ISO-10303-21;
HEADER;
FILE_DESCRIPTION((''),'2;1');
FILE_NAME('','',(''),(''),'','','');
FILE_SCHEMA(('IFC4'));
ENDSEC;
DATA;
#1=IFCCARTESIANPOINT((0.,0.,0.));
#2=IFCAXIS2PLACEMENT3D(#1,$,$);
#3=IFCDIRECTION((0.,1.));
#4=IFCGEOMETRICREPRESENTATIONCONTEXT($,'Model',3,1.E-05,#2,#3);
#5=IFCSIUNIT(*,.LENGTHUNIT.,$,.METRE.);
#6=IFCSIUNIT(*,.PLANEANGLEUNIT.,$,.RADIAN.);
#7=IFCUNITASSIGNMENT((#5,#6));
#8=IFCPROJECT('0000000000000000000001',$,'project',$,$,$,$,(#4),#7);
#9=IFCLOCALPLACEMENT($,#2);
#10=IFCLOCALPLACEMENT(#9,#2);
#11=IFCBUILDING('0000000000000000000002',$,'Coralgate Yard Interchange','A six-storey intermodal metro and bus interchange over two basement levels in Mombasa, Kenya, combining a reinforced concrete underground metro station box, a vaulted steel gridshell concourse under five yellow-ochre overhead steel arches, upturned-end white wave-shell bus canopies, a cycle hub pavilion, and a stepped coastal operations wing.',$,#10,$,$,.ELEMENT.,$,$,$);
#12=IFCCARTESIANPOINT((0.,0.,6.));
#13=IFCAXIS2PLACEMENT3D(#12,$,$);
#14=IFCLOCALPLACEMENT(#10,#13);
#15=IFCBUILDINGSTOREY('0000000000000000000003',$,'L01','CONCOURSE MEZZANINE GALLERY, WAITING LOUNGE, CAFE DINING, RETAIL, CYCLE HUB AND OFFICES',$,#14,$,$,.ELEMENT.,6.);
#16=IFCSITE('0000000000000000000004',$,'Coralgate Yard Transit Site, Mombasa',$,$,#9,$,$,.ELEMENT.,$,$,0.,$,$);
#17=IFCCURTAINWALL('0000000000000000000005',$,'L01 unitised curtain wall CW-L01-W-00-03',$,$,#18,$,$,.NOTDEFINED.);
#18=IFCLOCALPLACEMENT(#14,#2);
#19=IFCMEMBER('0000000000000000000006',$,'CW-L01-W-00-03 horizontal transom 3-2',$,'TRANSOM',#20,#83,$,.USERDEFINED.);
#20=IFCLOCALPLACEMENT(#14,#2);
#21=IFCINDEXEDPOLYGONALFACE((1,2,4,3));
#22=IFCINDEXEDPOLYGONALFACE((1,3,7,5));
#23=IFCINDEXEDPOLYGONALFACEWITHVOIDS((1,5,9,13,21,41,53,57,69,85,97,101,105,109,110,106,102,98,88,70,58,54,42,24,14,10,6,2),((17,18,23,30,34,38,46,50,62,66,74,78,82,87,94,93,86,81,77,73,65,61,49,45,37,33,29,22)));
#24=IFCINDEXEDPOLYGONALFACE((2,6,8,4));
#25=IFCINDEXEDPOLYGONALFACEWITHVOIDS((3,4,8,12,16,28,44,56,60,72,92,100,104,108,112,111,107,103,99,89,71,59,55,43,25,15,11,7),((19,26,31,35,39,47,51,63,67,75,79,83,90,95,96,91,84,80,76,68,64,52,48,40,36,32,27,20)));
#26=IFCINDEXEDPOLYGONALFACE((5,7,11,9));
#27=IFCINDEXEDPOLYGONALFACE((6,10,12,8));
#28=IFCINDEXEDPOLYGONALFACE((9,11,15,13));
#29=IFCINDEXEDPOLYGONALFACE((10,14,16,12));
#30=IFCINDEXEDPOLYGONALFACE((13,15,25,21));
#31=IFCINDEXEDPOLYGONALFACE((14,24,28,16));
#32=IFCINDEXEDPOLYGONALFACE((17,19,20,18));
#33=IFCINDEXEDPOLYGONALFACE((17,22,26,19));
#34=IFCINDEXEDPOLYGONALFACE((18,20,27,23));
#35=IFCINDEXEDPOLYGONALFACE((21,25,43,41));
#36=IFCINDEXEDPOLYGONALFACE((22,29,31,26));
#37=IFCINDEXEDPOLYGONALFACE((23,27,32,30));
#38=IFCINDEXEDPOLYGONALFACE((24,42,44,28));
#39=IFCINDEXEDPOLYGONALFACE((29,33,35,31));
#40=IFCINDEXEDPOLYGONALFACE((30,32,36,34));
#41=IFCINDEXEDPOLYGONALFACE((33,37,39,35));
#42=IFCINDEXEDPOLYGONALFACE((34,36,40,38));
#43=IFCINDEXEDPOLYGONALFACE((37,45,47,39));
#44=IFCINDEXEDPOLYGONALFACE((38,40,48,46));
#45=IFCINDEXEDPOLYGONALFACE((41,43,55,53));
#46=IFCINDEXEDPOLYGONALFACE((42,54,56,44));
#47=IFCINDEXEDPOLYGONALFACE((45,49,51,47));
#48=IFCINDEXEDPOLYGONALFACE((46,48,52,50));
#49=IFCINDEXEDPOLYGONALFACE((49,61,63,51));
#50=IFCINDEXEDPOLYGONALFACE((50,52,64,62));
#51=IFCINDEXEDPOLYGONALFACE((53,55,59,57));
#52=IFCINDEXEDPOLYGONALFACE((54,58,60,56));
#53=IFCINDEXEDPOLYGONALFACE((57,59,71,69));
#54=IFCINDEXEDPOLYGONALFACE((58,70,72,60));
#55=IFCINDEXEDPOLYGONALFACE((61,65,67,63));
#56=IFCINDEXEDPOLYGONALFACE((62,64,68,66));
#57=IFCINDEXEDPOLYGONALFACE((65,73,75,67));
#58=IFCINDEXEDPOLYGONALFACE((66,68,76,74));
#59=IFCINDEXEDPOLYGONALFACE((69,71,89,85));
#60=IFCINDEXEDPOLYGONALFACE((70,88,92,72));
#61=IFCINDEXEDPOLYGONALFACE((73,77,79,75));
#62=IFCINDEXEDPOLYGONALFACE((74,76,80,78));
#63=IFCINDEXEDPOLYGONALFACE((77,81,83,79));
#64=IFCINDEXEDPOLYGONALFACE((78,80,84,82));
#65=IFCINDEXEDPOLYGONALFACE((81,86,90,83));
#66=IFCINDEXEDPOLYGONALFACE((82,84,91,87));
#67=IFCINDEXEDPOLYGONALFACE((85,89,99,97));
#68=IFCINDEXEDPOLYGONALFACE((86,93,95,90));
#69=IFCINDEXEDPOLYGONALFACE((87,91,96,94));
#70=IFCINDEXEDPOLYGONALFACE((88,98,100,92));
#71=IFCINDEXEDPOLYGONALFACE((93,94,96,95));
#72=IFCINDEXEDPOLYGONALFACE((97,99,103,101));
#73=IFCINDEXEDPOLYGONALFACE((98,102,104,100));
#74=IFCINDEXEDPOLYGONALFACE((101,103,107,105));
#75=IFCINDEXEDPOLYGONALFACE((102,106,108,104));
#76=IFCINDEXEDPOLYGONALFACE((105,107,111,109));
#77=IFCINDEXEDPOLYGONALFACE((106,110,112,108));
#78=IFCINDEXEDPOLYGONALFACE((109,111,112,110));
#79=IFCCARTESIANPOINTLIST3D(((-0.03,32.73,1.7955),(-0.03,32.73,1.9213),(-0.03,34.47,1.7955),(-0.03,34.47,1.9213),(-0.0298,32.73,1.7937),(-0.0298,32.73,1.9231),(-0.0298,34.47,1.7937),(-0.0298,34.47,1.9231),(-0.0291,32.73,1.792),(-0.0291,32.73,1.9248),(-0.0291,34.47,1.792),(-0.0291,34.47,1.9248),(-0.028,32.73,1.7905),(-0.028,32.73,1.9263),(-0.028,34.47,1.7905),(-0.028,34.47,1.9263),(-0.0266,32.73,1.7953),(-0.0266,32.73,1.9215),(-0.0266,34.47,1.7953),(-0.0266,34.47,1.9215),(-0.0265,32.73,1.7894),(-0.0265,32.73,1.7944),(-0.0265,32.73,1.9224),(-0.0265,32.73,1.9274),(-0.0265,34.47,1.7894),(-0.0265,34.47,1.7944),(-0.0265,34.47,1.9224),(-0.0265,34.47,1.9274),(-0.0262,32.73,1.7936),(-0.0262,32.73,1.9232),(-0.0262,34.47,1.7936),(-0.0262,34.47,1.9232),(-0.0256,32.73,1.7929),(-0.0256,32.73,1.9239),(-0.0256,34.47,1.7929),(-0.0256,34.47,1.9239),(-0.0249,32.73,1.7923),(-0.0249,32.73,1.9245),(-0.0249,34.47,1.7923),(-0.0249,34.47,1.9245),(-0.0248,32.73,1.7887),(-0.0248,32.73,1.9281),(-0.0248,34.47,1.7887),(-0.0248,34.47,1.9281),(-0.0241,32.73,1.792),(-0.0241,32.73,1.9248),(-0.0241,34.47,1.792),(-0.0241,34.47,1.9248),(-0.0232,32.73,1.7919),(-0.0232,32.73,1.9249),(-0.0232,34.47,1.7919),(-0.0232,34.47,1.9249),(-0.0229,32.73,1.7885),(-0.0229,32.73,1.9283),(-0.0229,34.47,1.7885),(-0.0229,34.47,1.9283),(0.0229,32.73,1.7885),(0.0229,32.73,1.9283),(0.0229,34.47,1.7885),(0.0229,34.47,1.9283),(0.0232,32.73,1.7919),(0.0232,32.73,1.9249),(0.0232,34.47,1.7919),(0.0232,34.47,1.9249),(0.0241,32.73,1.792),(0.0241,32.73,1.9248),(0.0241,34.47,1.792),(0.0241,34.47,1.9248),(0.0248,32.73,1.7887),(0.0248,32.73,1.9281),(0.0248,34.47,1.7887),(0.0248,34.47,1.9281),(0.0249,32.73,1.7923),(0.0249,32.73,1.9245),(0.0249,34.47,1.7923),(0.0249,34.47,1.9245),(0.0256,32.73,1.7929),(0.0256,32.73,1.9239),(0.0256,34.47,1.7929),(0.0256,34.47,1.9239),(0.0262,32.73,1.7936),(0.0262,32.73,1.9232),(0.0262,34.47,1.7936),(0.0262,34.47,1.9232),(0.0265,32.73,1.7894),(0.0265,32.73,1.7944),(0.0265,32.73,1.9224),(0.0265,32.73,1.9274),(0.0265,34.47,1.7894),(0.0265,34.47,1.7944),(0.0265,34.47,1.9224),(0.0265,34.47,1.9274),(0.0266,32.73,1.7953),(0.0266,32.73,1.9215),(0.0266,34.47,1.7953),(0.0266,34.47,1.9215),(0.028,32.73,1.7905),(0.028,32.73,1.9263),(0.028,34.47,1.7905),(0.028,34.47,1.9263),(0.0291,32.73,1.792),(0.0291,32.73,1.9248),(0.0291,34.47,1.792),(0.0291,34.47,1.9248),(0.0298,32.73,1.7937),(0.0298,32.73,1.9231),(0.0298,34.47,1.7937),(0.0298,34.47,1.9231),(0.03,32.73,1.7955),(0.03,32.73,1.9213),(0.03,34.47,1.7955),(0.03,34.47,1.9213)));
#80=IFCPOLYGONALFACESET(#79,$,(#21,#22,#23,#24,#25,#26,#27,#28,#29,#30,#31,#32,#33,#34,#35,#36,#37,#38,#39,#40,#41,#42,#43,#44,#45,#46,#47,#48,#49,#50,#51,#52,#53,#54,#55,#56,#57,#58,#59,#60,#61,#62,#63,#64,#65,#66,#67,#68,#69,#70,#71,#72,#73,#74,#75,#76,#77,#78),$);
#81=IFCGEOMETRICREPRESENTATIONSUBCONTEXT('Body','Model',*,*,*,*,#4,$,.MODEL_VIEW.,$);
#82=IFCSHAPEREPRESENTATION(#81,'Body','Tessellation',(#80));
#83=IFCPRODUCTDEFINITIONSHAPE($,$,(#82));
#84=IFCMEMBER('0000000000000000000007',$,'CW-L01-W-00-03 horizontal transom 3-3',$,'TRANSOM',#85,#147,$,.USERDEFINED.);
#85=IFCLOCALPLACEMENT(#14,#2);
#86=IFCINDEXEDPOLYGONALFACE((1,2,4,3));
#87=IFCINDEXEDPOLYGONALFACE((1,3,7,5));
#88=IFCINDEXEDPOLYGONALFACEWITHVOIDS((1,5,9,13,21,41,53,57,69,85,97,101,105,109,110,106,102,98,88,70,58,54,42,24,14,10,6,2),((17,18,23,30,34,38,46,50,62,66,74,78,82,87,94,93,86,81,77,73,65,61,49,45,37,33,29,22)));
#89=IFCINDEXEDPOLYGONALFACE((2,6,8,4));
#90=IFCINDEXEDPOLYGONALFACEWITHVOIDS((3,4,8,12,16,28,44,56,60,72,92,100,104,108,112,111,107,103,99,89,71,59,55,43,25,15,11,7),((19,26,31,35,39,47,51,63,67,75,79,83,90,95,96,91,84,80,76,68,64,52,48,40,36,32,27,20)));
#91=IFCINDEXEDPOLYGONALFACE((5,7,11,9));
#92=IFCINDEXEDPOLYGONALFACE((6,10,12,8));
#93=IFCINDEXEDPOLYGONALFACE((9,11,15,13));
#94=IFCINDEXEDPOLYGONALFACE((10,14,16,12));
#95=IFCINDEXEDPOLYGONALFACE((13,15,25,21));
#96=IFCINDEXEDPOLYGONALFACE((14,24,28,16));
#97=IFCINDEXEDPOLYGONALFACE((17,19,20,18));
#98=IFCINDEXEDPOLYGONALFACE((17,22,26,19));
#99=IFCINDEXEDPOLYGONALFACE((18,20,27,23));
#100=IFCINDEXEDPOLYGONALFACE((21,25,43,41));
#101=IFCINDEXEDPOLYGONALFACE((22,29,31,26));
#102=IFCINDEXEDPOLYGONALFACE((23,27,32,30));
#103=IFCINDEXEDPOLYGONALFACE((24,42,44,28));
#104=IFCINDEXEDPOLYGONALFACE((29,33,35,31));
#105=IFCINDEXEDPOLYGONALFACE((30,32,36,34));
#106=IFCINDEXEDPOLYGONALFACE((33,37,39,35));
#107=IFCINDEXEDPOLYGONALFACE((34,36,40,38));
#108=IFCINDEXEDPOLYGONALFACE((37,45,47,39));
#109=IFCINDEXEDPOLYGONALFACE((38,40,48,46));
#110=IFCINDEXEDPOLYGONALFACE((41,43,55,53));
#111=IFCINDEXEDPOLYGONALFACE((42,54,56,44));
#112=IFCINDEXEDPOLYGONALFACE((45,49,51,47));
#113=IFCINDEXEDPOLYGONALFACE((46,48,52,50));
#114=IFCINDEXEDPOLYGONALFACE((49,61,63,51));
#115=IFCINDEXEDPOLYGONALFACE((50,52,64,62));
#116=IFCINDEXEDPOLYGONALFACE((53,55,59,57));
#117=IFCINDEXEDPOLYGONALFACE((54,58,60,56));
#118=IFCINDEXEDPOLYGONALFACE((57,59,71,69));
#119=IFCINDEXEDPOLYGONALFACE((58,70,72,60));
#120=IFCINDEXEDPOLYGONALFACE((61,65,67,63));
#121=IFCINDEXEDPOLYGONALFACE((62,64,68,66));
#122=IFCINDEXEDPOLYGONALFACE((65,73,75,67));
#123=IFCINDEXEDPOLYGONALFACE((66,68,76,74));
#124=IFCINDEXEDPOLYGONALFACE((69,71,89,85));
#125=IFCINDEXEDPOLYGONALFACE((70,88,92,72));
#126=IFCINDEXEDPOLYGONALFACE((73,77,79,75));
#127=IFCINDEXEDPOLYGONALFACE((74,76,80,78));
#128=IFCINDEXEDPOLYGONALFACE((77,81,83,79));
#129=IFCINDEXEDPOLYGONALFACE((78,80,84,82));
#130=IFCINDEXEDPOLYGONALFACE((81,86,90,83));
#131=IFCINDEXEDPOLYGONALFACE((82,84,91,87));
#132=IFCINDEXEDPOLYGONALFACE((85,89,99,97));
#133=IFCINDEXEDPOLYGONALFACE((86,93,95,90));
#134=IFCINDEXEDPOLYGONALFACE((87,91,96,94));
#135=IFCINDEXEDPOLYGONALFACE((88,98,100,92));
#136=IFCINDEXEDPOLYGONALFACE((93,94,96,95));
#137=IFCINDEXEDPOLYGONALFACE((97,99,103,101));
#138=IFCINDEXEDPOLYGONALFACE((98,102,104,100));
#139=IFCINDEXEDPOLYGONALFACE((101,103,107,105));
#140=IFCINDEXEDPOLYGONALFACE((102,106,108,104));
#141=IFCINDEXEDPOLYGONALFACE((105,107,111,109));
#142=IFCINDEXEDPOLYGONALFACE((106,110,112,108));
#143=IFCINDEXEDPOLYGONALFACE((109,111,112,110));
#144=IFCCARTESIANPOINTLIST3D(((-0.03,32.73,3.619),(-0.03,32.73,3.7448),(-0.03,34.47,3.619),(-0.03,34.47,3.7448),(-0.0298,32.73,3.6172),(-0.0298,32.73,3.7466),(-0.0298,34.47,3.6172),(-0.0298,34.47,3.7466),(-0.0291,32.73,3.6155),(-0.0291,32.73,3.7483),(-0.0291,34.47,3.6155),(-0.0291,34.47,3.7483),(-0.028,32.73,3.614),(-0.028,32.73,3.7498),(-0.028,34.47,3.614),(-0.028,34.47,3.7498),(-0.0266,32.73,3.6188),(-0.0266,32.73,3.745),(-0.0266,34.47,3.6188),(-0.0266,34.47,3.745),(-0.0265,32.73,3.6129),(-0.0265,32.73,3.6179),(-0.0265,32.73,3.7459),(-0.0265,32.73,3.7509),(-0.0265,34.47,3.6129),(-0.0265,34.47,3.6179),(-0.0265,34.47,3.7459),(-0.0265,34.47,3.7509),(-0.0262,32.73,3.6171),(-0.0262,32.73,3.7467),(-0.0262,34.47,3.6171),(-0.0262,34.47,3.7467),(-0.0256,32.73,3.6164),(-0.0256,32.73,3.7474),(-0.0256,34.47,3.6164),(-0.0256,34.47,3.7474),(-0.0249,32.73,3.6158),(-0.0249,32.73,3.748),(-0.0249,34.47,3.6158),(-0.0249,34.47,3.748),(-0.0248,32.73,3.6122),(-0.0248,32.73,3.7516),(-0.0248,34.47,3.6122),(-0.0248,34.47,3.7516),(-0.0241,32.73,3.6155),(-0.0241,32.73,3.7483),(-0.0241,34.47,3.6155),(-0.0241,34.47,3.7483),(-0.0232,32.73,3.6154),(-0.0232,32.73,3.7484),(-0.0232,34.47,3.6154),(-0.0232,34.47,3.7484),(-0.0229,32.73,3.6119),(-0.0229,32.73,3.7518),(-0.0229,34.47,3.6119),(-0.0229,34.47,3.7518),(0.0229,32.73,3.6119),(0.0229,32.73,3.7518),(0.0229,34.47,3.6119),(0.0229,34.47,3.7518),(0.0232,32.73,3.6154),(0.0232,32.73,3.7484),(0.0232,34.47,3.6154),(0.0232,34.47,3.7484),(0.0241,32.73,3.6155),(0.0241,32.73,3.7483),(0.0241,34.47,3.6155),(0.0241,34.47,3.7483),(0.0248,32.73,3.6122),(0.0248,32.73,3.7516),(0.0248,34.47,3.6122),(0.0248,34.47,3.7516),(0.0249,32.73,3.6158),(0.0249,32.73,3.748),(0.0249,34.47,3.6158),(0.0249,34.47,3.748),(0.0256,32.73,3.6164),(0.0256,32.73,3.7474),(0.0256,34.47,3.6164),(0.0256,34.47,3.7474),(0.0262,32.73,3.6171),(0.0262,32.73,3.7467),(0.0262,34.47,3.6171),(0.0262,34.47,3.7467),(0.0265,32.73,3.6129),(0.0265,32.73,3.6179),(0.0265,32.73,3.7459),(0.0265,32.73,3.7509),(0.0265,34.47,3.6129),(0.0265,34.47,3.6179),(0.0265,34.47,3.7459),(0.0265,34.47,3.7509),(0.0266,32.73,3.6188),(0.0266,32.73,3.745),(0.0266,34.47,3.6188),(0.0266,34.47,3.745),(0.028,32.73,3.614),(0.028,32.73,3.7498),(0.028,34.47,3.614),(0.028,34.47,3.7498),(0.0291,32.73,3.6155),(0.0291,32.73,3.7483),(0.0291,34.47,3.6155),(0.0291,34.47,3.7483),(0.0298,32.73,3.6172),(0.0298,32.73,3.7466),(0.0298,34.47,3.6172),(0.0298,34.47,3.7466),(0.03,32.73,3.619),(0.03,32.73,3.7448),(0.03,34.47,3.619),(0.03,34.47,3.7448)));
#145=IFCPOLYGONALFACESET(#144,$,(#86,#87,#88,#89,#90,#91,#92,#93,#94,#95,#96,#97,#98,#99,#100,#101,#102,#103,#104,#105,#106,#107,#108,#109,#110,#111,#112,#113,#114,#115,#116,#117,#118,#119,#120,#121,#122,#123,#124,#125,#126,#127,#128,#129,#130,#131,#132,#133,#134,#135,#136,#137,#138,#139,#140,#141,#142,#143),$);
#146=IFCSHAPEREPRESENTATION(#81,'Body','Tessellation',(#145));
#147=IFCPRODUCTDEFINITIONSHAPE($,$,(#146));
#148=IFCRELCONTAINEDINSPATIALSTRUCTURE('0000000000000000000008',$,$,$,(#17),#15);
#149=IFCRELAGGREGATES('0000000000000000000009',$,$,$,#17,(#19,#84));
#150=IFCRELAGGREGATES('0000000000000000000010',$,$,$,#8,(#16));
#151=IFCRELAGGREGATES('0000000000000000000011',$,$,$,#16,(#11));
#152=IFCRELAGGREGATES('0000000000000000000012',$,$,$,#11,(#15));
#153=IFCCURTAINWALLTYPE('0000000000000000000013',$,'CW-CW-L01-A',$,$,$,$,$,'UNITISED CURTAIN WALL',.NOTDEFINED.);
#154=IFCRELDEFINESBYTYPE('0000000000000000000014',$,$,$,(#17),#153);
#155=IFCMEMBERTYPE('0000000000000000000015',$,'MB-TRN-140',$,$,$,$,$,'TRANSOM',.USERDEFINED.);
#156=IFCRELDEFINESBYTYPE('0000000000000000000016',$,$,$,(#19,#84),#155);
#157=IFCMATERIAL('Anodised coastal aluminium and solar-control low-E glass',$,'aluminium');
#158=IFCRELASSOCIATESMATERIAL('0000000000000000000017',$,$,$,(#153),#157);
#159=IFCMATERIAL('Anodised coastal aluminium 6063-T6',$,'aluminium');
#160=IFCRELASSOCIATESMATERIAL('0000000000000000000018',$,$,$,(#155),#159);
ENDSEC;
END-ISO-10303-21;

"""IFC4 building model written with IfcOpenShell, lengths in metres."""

from ifc_helpers import new_model, si_unit, direction, frame, origin, origin_2d, place, context, subcontext, project, spatial, hollow_rectangle, extrude, material, material_profile, profile_set, type_object, element, aggregate, save


model = new_model("IFC4")

# Units and contexts
model_context = context("Model", 3, precision=1e-05, world=origin(), true_north=direction((0.0, 1.0)))
body_context = subcontext(model_context, "Body", "Model", "MODEL_VIEW")
ifc_project = project(units=[si_unit("LENGTHUNIT", "METRE"), si_unit("PLANEANGLEUNIT", "RADIAN")], contexts=[model_context])

# Site, building, storey
site_placement = place(None, origin())
site = spatial("IfcSite", under=ifc_project, at=site_placement, Name="Coralgate Yard Transit Site, Mombasa", CompositionType="ELEMENT", RefElevation=0.0)
building_placement = place(site_placement, origin())
building = spatial("IfcBuilding", under=site, at=building_placement, Name="Coralgate Yard Interchange", Description="A six-storey intermodal metro and bus interchange over two basement levels in Mombasa, Kenya, combining a reinforced concrete underground metro station box, a vaulted steel gridshell concourse under five yellow-ochre overhead steel arches, upturned-end white wave-shell bus canopies, a cycle hub pavilion, and a stepped coastal operations wing.", CompositionType="ELEMENT")
storey_placement = place(building_placement, frame((0.0, 0.0, 6.0)))
storey = spatial("IfcBuildingStorey", under=building, at=storey_placement, Name="L01", Description="CONCOURSE MEZZANINE GALLERY, WAITING LOUNGE, CAFE DINING, RETAIL, CYCLE HUB AND OFFICES", CompositionType="ELEMENT", Elevation=6.0)

# Curtain wall, members
ifc_material_1 = material(Name="Anodised coastal aluminium and solar-control low-E glass", Category="aluminium")
curtain_wall_type = type_object("IfcCurtainWallType", Name="CW-CW-L01-A", ElementType="UNITISED CURTAIN WALL", PredefinedType="NOTDEFINED", material=ifc_material_1)
curtain_wall_placement = place(storey_placement, origin())
curtain_wall = element("IfcCurtainWall", 1, at=curtain_wall_placement, inside=storey, type_object=curtain_wall_type, Name="L01 unitised curtain wall CW-L01-W-00-03", PredefinedType="NOTDEFINED")
ifc_material_2 = material(Name="Anodised coastal aluminium 6063-T6", Category="aluminium")
ifc_material_profile_1 = material_profile(ifc_material_2, hollow_rectangle(XDim=0.0601, YDim=0.1399, WallThickness=0.0034, InnerFilletRadius=0.0034, OuterFilletRadius=0.0071, at=origin_2d()), Name="ALU 60x140x3.5")
ifc_profile_set_1 = profile_set([ifc_material_profile_1], Name="Anodised coastal aluminium 6063-T6")
member_type_1 = type_object("IfcMemberType", Name="MB-TRN-140", ElementType="TRANSOM", PredefinedType="USERDEFINED", material=ifc_profile_set_1)
member_1_placement = place(storey_placement, frame((0.0, 32.73, 1.8584), z_axis=(0.0, 1.0, 0.0), x_axis=(-1.0, 0.0, 0.0)))
member_1 = element("IfcMember", 2, at=member_1_placement, type_object=member_type_1, Name="CW-L01-W-00-03 horizontal transom 3-2", ObjectType="TRANSOM", PredefinedType="USERDEFINED", context=body_context, shape_type="SweptSolid", body=[
    extrude(hollow_rectangle(XDim=0.0601, YDim=0.1399, WallThickness=0.0034, InnerFilletRadius=0.0034, OuterFilletRadius=0.0071, at=origin_2d()), origin(), (0.0, 0.0, 1.0), 1.74),
])
member_2_placement = place(storey_placement, frame((0.0, 32.73, 3.6819), z_axis=(0.0, 1.0, 0.0), x_axis=(-1.0, 0.0, 0.0)))
member_2 = element("IfcMember", 3, at=member_2_placement, type_object=member_type_1, Name="CW-L01-W-00-03 horizontal transom 3-3", ObjectType="TRANSOM", PredefinedType="USERDEFINED", context=body_context, shape_type="SweptSolid", body=[
    extrude(hollow_rectangle(XDim=0.0601, YDim=0.1399, WallThickness=0.0034, InnerFilletRadius=0.0034, OuterFilletRadius=0.0071, at=origin_2d()), origin(), (0.0, 0.0, 1.0), 1.74),
])
aggregate(curtain_wall, [member_1, member_2])

save(model, "model.ifc")
